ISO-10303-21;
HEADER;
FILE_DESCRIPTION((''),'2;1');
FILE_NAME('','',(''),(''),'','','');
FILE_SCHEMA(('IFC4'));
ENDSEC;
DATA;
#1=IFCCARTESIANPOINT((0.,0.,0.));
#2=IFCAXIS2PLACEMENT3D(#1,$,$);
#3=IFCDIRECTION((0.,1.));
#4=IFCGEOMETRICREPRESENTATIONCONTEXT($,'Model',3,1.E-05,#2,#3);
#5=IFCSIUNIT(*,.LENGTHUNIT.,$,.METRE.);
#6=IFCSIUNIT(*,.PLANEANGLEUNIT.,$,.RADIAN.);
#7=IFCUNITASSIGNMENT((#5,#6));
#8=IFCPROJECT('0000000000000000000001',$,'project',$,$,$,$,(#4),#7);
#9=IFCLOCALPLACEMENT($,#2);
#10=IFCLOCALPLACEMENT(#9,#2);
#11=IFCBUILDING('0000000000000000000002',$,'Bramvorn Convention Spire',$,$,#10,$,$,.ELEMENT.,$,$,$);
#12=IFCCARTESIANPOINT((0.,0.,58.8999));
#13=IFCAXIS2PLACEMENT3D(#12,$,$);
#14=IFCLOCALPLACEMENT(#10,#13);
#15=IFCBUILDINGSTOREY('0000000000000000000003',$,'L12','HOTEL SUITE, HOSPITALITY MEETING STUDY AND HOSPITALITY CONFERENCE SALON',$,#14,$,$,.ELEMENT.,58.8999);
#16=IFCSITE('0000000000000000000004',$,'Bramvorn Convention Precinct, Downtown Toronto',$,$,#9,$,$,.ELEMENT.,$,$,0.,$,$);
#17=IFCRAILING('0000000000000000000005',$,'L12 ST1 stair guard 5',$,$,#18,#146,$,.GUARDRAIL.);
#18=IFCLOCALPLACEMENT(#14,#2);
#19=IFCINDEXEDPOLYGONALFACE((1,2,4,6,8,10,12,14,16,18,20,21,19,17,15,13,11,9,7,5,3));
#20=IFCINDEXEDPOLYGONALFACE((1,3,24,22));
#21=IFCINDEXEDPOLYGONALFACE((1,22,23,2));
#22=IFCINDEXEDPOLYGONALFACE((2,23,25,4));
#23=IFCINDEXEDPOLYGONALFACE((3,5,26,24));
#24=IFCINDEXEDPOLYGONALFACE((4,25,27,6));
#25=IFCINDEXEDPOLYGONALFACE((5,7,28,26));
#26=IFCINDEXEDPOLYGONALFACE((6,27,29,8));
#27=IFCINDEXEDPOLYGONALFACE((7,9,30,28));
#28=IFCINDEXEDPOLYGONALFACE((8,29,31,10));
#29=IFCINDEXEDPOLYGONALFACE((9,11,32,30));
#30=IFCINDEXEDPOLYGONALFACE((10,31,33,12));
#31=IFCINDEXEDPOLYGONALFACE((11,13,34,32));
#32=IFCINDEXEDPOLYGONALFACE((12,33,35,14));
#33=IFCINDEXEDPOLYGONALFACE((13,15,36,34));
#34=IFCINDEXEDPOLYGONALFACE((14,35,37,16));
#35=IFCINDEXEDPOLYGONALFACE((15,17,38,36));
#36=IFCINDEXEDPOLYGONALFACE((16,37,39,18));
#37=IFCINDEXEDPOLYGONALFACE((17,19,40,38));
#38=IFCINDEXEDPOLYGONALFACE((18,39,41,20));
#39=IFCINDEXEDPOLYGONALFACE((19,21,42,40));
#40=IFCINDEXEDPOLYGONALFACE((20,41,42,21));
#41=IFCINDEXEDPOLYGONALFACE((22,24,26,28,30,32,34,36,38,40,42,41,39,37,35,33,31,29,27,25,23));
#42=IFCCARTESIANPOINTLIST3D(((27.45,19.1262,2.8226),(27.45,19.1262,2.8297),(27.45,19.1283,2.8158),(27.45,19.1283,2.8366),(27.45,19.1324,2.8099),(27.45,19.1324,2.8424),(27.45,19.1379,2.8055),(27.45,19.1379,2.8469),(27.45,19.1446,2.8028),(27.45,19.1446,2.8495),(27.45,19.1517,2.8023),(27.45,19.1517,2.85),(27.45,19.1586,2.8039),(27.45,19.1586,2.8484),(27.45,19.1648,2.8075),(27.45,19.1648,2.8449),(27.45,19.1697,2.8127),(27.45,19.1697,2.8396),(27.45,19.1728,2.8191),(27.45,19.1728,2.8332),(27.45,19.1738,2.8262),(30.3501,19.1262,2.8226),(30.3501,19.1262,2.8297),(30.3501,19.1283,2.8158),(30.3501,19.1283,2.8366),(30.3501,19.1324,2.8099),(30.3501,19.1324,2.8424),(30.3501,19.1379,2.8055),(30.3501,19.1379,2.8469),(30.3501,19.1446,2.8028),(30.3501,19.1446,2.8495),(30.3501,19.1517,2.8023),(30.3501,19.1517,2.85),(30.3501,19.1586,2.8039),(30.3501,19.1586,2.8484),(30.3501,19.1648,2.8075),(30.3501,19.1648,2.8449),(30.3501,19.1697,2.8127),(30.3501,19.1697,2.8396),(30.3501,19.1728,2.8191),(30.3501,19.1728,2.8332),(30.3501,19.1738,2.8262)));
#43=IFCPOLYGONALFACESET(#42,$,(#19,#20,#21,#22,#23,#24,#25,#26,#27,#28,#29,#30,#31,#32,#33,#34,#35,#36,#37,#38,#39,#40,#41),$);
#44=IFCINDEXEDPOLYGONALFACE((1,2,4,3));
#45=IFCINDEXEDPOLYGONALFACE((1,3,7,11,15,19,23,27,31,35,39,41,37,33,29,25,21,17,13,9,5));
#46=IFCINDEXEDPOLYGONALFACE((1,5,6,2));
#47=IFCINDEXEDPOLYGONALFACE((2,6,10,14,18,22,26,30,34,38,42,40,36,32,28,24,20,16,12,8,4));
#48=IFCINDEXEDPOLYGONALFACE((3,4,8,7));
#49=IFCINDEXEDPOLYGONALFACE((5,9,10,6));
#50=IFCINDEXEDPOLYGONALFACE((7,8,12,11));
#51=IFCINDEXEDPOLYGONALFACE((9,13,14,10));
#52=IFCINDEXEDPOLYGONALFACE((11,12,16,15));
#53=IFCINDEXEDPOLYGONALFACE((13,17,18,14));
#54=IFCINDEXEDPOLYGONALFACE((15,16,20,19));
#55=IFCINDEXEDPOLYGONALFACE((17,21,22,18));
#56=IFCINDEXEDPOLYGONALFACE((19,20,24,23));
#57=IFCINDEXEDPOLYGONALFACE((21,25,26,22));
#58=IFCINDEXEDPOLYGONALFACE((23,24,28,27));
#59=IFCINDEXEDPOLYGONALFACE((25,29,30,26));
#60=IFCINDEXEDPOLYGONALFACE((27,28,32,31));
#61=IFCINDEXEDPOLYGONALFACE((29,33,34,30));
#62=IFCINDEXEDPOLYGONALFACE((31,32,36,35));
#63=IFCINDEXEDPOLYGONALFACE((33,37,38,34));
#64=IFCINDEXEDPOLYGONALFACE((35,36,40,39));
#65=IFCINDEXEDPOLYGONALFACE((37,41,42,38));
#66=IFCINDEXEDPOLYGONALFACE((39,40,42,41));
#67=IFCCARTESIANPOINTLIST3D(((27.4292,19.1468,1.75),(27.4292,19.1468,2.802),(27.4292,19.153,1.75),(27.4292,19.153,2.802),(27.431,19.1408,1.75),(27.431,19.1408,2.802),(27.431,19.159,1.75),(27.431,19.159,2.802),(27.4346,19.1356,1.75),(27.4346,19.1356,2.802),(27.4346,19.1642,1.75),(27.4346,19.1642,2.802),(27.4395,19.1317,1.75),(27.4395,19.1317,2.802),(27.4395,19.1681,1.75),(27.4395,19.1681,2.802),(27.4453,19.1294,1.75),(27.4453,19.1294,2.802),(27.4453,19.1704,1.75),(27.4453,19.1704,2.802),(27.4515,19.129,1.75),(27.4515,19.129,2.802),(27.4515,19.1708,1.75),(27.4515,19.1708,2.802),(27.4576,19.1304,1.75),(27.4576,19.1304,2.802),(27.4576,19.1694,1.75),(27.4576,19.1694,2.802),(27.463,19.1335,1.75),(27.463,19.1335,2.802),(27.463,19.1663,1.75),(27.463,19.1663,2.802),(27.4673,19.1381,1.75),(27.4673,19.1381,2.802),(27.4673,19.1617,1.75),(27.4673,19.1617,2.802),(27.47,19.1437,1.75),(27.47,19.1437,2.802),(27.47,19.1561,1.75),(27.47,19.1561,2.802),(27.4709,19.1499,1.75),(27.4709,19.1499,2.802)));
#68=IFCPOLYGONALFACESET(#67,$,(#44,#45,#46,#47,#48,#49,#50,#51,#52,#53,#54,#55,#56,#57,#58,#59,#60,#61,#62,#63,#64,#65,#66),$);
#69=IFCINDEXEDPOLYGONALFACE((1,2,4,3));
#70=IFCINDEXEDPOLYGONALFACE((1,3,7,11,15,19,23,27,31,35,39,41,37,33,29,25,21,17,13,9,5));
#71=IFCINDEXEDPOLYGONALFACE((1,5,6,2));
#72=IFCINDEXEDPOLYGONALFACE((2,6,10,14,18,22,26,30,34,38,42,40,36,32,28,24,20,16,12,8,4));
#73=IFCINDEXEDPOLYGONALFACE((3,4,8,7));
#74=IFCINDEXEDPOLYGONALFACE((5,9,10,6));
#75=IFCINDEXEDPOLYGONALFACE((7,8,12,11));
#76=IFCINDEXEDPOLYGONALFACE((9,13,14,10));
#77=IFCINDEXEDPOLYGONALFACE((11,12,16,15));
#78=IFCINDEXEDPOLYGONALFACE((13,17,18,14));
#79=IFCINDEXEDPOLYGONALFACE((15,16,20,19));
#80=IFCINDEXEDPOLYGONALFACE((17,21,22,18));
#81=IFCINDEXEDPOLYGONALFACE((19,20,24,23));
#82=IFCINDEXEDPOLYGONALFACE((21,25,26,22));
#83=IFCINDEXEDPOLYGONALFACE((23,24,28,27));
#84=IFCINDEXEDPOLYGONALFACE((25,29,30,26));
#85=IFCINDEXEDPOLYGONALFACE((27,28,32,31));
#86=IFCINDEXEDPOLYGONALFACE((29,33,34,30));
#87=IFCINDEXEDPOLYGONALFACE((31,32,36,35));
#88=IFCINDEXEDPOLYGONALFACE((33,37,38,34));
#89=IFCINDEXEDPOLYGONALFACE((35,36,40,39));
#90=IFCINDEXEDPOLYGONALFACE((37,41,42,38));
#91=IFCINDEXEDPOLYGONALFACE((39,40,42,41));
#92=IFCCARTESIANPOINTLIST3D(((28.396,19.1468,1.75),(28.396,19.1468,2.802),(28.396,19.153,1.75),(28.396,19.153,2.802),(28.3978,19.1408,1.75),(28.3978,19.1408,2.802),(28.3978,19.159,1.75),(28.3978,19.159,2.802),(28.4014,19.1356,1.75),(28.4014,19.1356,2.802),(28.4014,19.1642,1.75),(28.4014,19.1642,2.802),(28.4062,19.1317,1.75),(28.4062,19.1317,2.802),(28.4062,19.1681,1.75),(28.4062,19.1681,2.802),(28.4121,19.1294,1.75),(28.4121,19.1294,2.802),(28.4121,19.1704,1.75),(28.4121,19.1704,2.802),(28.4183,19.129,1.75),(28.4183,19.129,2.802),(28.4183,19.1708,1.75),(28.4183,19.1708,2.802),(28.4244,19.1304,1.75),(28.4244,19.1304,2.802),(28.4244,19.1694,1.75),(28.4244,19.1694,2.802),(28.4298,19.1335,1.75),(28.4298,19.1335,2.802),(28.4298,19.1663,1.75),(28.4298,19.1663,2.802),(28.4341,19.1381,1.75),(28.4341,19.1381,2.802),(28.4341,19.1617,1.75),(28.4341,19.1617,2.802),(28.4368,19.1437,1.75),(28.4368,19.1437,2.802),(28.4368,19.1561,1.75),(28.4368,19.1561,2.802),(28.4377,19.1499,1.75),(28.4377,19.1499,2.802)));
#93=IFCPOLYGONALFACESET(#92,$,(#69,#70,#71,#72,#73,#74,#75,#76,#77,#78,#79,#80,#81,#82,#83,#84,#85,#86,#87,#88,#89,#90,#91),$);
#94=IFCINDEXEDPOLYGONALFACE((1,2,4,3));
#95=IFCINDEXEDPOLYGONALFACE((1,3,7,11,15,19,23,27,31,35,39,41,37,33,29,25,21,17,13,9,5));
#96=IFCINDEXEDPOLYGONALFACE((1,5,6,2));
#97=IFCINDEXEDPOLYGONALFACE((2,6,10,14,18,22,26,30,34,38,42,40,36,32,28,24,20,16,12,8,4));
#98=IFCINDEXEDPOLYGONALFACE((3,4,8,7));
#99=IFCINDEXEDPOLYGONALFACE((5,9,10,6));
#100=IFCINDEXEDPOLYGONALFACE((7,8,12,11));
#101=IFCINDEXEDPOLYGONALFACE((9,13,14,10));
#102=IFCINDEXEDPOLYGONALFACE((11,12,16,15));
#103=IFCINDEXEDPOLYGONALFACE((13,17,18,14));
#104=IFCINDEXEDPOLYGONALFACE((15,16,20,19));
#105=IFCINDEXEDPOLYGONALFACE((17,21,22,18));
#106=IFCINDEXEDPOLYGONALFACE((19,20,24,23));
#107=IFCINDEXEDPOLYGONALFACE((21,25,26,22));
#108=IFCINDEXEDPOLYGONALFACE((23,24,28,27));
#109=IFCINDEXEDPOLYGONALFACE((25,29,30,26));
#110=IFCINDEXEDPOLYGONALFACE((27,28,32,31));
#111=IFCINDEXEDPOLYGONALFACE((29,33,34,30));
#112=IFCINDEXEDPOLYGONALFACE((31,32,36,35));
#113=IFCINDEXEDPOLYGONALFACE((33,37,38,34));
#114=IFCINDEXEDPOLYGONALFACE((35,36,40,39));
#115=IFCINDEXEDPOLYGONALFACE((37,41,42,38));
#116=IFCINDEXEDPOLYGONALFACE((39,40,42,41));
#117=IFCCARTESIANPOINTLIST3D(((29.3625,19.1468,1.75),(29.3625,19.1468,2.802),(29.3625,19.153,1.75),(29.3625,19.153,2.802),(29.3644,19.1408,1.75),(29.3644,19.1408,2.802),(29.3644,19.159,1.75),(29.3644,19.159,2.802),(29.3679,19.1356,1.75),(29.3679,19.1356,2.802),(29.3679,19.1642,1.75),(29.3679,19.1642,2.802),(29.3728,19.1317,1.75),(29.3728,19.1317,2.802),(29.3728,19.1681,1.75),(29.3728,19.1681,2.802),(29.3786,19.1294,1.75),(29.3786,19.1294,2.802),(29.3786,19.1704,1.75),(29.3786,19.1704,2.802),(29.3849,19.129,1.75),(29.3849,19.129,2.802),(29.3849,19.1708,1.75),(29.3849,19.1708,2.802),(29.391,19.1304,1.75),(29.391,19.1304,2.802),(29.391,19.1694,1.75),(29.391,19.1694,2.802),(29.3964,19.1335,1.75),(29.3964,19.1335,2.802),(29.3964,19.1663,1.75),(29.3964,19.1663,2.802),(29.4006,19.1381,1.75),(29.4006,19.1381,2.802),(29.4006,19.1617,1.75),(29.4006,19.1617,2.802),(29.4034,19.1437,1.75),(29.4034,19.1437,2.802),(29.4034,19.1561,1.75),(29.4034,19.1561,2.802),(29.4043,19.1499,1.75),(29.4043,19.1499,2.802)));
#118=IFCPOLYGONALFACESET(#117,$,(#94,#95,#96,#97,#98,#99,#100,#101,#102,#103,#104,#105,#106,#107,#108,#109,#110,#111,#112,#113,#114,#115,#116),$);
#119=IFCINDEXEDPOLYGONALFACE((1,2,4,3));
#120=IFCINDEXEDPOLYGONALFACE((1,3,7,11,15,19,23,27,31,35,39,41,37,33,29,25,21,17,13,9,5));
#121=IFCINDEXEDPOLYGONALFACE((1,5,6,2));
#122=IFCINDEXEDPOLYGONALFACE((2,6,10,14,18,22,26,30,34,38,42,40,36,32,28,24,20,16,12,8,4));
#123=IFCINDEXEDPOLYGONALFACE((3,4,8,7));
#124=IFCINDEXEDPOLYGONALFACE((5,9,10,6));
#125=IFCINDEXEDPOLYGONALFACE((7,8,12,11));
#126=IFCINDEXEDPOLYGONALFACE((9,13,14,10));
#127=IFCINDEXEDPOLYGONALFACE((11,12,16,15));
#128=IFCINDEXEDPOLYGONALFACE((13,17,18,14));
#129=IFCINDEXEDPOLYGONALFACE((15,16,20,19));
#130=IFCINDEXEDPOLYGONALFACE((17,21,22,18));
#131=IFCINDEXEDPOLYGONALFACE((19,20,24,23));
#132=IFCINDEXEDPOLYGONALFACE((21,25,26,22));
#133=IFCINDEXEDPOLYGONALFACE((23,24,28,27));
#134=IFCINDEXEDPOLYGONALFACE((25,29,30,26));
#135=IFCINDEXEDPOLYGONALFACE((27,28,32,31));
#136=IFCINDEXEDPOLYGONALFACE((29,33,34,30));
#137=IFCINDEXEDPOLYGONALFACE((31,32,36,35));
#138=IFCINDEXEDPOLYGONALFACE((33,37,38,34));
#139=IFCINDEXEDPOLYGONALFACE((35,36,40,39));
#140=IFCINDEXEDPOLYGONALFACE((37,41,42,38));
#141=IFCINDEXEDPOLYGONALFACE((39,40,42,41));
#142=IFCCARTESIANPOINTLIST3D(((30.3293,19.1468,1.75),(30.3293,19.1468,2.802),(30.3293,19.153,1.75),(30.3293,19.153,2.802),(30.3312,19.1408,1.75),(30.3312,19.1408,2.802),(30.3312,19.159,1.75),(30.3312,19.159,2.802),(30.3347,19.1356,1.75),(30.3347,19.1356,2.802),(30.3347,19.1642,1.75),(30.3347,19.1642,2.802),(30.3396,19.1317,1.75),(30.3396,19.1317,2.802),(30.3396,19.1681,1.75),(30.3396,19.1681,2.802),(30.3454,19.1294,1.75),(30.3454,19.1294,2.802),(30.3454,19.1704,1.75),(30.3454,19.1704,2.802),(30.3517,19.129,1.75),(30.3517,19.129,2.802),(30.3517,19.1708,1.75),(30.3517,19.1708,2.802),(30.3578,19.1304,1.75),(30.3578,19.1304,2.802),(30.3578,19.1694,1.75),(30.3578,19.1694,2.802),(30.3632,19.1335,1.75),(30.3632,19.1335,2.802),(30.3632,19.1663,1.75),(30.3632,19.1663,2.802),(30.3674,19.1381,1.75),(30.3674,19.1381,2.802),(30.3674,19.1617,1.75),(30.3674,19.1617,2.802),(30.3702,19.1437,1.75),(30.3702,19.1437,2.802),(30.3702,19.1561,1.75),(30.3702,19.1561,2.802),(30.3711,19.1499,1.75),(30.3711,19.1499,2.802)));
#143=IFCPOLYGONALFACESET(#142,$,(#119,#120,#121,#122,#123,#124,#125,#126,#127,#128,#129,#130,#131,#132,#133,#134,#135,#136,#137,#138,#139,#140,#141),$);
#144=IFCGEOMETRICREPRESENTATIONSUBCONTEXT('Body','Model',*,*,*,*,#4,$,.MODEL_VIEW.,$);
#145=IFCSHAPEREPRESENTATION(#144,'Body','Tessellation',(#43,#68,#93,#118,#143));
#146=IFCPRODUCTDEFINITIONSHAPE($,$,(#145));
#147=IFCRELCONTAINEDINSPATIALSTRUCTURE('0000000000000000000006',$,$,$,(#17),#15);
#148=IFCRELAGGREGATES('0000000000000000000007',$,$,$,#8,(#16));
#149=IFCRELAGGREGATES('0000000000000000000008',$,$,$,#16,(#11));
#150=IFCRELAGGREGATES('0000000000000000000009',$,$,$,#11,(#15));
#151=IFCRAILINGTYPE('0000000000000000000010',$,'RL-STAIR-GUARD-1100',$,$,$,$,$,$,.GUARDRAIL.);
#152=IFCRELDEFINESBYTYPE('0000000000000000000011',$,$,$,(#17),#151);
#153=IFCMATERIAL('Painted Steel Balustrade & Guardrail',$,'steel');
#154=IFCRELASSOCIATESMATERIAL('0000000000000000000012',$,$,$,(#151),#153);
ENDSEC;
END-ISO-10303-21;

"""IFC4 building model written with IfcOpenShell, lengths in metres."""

from ifc_helpers import new_model, si_unit, direction, frame, origin, origin_2d, place, context, subcontext, project, spatial, circle, extrude, material, type_object, element, save


model = new_model("IFC4")

# Units and contexts
model_context = context("Model", 3, precision=1e-05, world=origin(), true_north=direction((0.0, 1.0)))
body_context = subcontext(model_context, "Body", "Model", "MODEL_VIEW")
ifc_project = project(units=[si_unit("LENGTHUNIT", "METRE"), si_unit("PLANEANGLEUNIT", "RADIAN")], contexts=[model_context])

# Site, building, storey
site_placement = place(None, origin())
site = spatial("IfcSite", under=ifc_project, at=site_placement, Name="Bramvorn Convention Precinct, Downtown Toronto", CompositionType="ELEMENT", RefElevation=0.0)
building_placement = place(site_placement, origin())
building = spatial("IfcBuilding", under=site, at=building_placement, Name="Bramvorn Convention Spire", CompositionType="ELEMENT")
storey_placement = place(building_placement, frame((0.0, 0.0, 58.8999)))
storey = spatial("IfcBuildingStorey", under=building, at=storey_placement, Name="L12", Description="HOTEL SUITE, HOSPITALITY MEETING STUDY AND HOSPITALITY CONFERENCE SALON", CompositionType="ELEMENT", Elevation=58.8999)

# Railing
ifc_material_1 = material(Name="Painted Steel Balustrade & Guardrail", Category="steel")
railing_type_1 = type_object("IfcRailingType", Name="RL-STAIR-GUARD-1100", PredefinedType="GUARDRAIL", material=ifc_material_1)
railing_1_placement = place(storey_placement, frame((27.45, 19.1499, 1.75)))
element("IfcRailing", 1, at=railing_1_placement, inside=storey, type_object=railing_type_1, Name="L12 ST1 stair guard 5", PredefinedType="GUARDRAIL", context=body_context, shape_type="SweptSolid", body=[
    extrude(circle(Radius=0.0239, at=origin_2d()), frame((0.0, 0.0, 1.0762), z_axis=(1.0, 0.0, 0.0), x_axis=(0.0, 1.0, 0.0)), (0.0, 0.0, 1.0), 2.9001),
    extrude(circle(Radius=0.021, at=origin_2d()), origin(), (0.0, 0.0, 1.0), 1.052),
    extrude(circle(Radius=0.021, at=origin_2d()), frame((0.9668, 0.0, 0.0)), (0.0, 0.0, 1.0), 1.052),
    extrude(circle(Radius=0.021, at=origin_2d()), frame((1.9333, 0.0, 0.0)), (0.0, 0.0, 1.0), 1.052),
    extrude(circle(Radius=0.021, at=origin_2d()), frame((2.9001, 0.0, 0.0)), (0.0, 0.0, 1.0), 1.052),
])

save(model, "model.ifc")
